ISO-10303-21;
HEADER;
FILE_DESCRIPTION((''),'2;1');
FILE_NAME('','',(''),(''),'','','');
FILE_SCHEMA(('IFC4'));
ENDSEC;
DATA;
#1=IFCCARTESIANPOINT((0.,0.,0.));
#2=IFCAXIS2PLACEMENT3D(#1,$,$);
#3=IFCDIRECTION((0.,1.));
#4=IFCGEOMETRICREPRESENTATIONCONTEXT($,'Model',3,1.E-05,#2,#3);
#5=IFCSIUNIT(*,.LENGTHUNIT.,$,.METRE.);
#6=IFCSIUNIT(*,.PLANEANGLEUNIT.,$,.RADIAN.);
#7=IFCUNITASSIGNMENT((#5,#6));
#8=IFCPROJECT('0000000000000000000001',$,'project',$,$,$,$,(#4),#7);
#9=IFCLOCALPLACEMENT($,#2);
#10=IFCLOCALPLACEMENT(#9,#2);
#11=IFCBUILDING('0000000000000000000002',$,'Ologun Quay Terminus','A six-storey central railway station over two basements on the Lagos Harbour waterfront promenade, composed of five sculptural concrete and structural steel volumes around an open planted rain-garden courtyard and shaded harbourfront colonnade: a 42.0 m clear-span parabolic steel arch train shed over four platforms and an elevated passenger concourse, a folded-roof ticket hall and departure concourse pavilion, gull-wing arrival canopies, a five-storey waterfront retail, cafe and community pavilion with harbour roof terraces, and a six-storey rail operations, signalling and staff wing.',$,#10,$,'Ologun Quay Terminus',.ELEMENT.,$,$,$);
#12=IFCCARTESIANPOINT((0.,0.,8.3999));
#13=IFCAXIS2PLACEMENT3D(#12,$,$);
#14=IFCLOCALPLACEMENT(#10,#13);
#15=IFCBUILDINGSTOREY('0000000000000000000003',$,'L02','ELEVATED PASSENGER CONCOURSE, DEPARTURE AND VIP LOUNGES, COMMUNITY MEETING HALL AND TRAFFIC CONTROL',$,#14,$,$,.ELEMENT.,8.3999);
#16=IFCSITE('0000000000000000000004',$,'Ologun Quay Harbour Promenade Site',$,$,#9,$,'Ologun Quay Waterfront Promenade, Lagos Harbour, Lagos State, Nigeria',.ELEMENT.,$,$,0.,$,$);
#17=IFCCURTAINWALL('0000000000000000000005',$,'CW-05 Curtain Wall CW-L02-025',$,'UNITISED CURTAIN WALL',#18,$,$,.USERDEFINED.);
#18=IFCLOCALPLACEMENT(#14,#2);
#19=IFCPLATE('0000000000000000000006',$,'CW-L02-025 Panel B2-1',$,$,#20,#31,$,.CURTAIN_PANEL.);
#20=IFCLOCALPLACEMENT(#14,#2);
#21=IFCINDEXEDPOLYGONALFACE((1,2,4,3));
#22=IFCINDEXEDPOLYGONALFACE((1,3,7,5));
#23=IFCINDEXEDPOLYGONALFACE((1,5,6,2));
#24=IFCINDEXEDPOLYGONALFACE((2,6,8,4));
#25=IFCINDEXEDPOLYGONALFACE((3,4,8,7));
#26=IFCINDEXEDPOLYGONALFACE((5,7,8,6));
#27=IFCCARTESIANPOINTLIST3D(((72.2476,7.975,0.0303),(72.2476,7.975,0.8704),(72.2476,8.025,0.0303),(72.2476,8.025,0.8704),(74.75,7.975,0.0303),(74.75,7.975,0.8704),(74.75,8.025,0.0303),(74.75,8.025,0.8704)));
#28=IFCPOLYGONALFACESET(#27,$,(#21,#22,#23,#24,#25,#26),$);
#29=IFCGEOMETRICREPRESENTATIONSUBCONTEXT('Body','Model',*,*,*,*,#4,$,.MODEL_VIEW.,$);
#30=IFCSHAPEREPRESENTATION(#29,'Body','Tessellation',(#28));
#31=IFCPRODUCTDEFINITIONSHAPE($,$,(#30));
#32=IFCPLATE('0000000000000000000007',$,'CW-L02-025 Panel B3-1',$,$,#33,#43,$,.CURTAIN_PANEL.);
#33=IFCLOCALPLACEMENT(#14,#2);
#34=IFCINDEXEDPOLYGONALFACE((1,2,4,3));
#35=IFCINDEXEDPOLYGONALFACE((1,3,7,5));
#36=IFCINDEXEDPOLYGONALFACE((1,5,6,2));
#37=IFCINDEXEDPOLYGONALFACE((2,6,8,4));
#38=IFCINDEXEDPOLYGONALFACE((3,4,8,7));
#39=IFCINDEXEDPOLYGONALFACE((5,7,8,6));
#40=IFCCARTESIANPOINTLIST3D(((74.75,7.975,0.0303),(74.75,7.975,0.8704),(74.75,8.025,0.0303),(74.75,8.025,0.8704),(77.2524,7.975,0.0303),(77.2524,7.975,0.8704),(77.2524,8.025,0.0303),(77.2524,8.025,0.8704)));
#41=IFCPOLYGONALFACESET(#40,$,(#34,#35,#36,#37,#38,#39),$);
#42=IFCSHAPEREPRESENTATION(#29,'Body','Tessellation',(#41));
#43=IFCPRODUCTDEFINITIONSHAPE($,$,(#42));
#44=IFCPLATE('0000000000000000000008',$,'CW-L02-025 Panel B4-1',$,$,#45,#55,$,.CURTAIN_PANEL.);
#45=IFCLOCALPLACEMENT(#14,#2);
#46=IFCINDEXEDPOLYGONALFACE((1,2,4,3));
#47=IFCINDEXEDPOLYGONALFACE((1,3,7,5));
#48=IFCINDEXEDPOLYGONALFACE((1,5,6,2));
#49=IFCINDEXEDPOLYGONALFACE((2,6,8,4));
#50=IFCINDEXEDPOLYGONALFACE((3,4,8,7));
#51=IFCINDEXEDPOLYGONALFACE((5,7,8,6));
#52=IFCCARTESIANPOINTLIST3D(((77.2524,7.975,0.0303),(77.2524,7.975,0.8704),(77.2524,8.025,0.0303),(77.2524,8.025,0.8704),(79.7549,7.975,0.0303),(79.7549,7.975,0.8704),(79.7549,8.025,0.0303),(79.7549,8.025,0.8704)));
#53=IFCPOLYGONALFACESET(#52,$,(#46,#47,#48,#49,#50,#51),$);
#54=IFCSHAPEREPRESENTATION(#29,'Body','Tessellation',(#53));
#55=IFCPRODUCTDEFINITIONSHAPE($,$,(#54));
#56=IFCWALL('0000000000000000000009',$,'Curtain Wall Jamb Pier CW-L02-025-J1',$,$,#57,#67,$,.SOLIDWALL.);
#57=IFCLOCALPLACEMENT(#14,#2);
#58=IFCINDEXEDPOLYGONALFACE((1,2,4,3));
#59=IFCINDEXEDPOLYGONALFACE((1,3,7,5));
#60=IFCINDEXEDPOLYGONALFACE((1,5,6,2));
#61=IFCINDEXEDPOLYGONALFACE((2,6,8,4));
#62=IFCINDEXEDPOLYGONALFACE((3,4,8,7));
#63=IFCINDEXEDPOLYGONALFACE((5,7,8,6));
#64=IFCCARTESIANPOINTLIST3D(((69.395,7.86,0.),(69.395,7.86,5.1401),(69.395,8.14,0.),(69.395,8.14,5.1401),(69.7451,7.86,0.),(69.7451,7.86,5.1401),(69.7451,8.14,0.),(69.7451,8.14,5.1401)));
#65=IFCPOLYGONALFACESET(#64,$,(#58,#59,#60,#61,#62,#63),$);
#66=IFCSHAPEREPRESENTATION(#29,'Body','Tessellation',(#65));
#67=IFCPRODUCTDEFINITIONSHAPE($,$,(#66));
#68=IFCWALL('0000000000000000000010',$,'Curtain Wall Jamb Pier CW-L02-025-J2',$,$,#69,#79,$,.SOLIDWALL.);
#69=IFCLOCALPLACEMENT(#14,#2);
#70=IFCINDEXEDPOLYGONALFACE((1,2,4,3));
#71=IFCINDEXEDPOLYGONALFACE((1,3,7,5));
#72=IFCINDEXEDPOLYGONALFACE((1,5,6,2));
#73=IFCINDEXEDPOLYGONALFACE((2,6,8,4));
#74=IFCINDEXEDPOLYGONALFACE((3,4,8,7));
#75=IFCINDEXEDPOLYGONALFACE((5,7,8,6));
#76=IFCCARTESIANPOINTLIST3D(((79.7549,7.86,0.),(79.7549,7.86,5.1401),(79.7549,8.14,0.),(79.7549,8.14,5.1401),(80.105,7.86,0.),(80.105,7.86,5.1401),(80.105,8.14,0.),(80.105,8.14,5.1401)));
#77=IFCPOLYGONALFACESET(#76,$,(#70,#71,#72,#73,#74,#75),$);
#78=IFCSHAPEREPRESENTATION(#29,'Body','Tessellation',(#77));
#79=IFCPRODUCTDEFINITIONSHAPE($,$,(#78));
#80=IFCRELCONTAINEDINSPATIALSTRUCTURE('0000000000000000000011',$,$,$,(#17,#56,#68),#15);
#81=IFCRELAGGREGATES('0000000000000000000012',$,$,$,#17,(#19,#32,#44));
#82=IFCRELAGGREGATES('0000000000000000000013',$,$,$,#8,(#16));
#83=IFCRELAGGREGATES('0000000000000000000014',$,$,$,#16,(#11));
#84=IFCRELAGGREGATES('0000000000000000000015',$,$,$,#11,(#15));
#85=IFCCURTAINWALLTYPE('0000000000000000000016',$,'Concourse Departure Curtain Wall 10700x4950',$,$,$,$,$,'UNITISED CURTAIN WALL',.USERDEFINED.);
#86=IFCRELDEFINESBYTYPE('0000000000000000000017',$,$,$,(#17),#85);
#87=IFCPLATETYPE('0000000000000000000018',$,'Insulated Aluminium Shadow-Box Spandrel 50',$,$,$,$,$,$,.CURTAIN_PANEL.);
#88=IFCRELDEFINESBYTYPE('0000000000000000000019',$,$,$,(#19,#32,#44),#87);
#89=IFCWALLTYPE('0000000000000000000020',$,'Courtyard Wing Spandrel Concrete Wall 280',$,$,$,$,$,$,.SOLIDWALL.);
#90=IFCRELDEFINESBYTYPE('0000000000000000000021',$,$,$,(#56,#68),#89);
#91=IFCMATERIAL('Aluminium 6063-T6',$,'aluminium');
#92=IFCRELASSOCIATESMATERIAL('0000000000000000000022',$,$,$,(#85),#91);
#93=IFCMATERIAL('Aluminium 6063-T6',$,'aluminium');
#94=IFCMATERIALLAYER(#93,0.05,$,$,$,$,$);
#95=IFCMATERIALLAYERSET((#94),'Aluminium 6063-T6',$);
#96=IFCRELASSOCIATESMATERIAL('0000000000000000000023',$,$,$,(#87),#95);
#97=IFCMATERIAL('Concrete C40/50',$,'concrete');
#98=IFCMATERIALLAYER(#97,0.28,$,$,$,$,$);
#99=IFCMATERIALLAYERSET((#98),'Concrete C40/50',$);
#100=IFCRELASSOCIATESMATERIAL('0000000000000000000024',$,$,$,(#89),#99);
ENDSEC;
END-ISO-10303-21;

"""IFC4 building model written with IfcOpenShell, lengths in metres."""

from ifc_helpers import new_model, si_unit, direction, frame, frame_2d, origin, origin_2d, place, context, subcontext, project, spatial, rectangle, extrude, material, layer, layer_set, type_object, element, aggregate, save


model = new_model("IFC4")

# Units and contexts
model_context = context("Model", 3, precision=1e-05, world=origin(), true_north=direction((0.0, 1.0)))
body_context = subcontext(model_context, "Body", "Model", "MODEL_VIEW")
ifc_project = project(units=[si_unit("LENGTHUNIT", "METRE"), si_unit("PLANEANGLEUNIT", "RADIAN")], contexts=[model_context])

# Site, building, storey
site_placement = place(None, origin())
site = spatial("IfcSite", under=ifc_project, at=site_placement, Name="Ologun Quay Harbour Promenade Site", LongName="Ologun Quay Waterfront Promenade, Lagos Harbour, Lagos State, Nigeria", CompositionType="ELEMENT", RefElevation=0.0)
building_placement = place(site_placement, origin())
building = spatial("IfcBuilding", under=site, at=building_placement, Name="Ologun Quay Terminus", Description="A six-storey central railway station over two basements on the Lagos Harbour waterfront promenade, composed of five sculptural concrete and structural steel volumes around an open planted rain-garden courtyard and shaded harbourfront colonnade: a 42.0 m clear-span parabolic steel arch train shed over four platforms and an elevated passenger concourse, a folded-roof ticket hall and departure concourse pavilion, gull-wing arrival canopies, a five-storey waterfront retail, cafe and community pavilion with harbour roof terraces, and a six-storey rail operations, signalling and staff wing.", LongName="Ologun Quay Terminus", CompositionType="ELEMENT")
storey_placement = place(building_placement, frame((0.0, 0.0, 8.3999)))
storey = spatial("IfcBuildingStorey", under=building, at=storey_placement, Name="L02", Description="ELEVATED PASSENGER CONCOURSE, DEPARTURE AND VIP LOUNGES, COMMUNITY MEETING HALL AND TRAFFIC CONTROL", CompositionType="ELEMENT", Elevation=8.3999)

# Curtain wall
ifc_material_1 = material(Name="Aluminium 6063-T6", Category="aluminium")
curtain_wall_type = type_object("IfcCurtainWallType", Name="Concourse Departure Curtain Wall 10700x4950", ElementType="UNITISED CURTAIN WALL", PredefinedType="USERDEFINED", material=ifc_material_1)
curtain_wall_placement = place(storey_placement, origin())
curtain_wall = element("IfcCurtainWall", 1, at=curtain_wall_placement, inside=storey, type_object=curtain_wall_type, Name="CW-05 Curtain Wall CW-L02-025", ObjectType="UNITISED CURTAIN WALL", PredefinedType="USERDEFINED")

# Plates
ifc_material_2 = material(Name="Aluminium 6063-T6", Category="aluminium")
ifc_layer_1 = layer(ifc_material_2, 0.05)
ifc_layer_set_1 = layer_set([ifc_layer_1], Name="Aluminium 6063-T6")
plate_type_1 = type_object("IfcPlateType", Name="Insulated Aluminium Shadow-Box Spandrel 50", PredefinedType="CURTAIN_PANEL", material=ifc_layer_set_1)
plate_1_placement = place(storey_placement, frame((73.4988, 8.0, 0.0303), z_axis=(0.0, 0.0, 1.0), x_axis=(1.0, 0.0, 0.0)))
plate_1 = element("IfcPlate", 2, at=plate_1_placement, type_object=plate_type_1, Name="CW-L02-025 Panel B2-1", PredefinedType="CURTAIN_PANEL", context=body_context, shape_type="SweptSolid", body=[
    extrude(rectangle(XDim=2.5024, YDim=0.05, at=origin_2d()), origin(), (0.0, 0.0, 1.0), 0.8401),
])
plate_2_placement = place(storey_placement, frame((76.0012, 8.0, 0.0303), z_axis=(0.0, 0.0, 1.0), x_axis=(1.0, 0.0, 0.0)))
plate_2 = element("IfcPlate", 3, at=plate_2_placement, type_object=plate_type_1, Name="CW-L02-025 Panel B3-1", PredefinedType="CURTAIN_PANEL", context=body_context, shape_type="SweptSolid", body=[
    extrude(rectangle(XDim=2.5024, YDim=0.05, at=origin_2d()), origin(), (0.0, 0.0, 1.0), 0.8401),
])
plate_3_placement = place(storey_placement, frame((78.5037, 8.0, 0.0303), z_axis=(0.0, 0.0, 1.0), x_axis=(1.0, 0.0, 0.0)))
plate_3 = element("IfcPlate", 4, at=plate_3_placement, type_object=plate_type_1, Name="CW-L02-025 Panel B4-1", PredefinedType="CURTAIN_PANEL", context=body_context, shape_type="SweptSolid", body=[
    extrude(rectangle(XDim=2.5024, YDim=0.05, at=origin_2d()), origin(), (0.0, 0.0, 1.0), 0.8401),
])
aggregate(curtain_wall, [plate_1, plate_2, plate_3])

# Walls
ifc_material_3 = material(Name="Concrete C40/50", Category="concrete")
ifc_layer_2 = layer(ifc_material_3, 0.28)
ifc_layer_set_2 = layer_set([ifc_layer_2], Name="Concrete C40/50")
wall_type = type_object("IfcWallType", Name="Courtyard Wing Spandrel Concrete Wall 280", PredefinedType="SOLIDWALL", material=ifc_layer_set_2)
for number, where, z_axis, x_axis, name in (
    (5, (69.395, 8.0, 0.0), (0.0, 0.0, 1.0), (1.0, 0.0, 0.0), "Curtain Wall Jamb Pier CW-L02-025-J1"),
    (6, (79.7549, 8.0, 0.0), (0.0, 0.0, 1.0), (1.0, 0.0, 0.0), "Curtain Wall Jamb Pier CW-L02-025-J2"),
):
    element("IfcWall", number, at=place(storey_placement, frame(where, z_axis=z_axis, x_axis=x_axis)), inside=storey, type_object=wall_type, Name=name, PredefinedType="SOLIDWALL", context=body_context, shape_type="SweptSolid", body=[
        extrude(rectangle(XDim=0.3501, YDim=0.28, at=frame_2d((0.175, 0.0))), origin(), (0.0, 0.0, 1.0), 5.1401),
    ])

save(model, "model.ifc")
